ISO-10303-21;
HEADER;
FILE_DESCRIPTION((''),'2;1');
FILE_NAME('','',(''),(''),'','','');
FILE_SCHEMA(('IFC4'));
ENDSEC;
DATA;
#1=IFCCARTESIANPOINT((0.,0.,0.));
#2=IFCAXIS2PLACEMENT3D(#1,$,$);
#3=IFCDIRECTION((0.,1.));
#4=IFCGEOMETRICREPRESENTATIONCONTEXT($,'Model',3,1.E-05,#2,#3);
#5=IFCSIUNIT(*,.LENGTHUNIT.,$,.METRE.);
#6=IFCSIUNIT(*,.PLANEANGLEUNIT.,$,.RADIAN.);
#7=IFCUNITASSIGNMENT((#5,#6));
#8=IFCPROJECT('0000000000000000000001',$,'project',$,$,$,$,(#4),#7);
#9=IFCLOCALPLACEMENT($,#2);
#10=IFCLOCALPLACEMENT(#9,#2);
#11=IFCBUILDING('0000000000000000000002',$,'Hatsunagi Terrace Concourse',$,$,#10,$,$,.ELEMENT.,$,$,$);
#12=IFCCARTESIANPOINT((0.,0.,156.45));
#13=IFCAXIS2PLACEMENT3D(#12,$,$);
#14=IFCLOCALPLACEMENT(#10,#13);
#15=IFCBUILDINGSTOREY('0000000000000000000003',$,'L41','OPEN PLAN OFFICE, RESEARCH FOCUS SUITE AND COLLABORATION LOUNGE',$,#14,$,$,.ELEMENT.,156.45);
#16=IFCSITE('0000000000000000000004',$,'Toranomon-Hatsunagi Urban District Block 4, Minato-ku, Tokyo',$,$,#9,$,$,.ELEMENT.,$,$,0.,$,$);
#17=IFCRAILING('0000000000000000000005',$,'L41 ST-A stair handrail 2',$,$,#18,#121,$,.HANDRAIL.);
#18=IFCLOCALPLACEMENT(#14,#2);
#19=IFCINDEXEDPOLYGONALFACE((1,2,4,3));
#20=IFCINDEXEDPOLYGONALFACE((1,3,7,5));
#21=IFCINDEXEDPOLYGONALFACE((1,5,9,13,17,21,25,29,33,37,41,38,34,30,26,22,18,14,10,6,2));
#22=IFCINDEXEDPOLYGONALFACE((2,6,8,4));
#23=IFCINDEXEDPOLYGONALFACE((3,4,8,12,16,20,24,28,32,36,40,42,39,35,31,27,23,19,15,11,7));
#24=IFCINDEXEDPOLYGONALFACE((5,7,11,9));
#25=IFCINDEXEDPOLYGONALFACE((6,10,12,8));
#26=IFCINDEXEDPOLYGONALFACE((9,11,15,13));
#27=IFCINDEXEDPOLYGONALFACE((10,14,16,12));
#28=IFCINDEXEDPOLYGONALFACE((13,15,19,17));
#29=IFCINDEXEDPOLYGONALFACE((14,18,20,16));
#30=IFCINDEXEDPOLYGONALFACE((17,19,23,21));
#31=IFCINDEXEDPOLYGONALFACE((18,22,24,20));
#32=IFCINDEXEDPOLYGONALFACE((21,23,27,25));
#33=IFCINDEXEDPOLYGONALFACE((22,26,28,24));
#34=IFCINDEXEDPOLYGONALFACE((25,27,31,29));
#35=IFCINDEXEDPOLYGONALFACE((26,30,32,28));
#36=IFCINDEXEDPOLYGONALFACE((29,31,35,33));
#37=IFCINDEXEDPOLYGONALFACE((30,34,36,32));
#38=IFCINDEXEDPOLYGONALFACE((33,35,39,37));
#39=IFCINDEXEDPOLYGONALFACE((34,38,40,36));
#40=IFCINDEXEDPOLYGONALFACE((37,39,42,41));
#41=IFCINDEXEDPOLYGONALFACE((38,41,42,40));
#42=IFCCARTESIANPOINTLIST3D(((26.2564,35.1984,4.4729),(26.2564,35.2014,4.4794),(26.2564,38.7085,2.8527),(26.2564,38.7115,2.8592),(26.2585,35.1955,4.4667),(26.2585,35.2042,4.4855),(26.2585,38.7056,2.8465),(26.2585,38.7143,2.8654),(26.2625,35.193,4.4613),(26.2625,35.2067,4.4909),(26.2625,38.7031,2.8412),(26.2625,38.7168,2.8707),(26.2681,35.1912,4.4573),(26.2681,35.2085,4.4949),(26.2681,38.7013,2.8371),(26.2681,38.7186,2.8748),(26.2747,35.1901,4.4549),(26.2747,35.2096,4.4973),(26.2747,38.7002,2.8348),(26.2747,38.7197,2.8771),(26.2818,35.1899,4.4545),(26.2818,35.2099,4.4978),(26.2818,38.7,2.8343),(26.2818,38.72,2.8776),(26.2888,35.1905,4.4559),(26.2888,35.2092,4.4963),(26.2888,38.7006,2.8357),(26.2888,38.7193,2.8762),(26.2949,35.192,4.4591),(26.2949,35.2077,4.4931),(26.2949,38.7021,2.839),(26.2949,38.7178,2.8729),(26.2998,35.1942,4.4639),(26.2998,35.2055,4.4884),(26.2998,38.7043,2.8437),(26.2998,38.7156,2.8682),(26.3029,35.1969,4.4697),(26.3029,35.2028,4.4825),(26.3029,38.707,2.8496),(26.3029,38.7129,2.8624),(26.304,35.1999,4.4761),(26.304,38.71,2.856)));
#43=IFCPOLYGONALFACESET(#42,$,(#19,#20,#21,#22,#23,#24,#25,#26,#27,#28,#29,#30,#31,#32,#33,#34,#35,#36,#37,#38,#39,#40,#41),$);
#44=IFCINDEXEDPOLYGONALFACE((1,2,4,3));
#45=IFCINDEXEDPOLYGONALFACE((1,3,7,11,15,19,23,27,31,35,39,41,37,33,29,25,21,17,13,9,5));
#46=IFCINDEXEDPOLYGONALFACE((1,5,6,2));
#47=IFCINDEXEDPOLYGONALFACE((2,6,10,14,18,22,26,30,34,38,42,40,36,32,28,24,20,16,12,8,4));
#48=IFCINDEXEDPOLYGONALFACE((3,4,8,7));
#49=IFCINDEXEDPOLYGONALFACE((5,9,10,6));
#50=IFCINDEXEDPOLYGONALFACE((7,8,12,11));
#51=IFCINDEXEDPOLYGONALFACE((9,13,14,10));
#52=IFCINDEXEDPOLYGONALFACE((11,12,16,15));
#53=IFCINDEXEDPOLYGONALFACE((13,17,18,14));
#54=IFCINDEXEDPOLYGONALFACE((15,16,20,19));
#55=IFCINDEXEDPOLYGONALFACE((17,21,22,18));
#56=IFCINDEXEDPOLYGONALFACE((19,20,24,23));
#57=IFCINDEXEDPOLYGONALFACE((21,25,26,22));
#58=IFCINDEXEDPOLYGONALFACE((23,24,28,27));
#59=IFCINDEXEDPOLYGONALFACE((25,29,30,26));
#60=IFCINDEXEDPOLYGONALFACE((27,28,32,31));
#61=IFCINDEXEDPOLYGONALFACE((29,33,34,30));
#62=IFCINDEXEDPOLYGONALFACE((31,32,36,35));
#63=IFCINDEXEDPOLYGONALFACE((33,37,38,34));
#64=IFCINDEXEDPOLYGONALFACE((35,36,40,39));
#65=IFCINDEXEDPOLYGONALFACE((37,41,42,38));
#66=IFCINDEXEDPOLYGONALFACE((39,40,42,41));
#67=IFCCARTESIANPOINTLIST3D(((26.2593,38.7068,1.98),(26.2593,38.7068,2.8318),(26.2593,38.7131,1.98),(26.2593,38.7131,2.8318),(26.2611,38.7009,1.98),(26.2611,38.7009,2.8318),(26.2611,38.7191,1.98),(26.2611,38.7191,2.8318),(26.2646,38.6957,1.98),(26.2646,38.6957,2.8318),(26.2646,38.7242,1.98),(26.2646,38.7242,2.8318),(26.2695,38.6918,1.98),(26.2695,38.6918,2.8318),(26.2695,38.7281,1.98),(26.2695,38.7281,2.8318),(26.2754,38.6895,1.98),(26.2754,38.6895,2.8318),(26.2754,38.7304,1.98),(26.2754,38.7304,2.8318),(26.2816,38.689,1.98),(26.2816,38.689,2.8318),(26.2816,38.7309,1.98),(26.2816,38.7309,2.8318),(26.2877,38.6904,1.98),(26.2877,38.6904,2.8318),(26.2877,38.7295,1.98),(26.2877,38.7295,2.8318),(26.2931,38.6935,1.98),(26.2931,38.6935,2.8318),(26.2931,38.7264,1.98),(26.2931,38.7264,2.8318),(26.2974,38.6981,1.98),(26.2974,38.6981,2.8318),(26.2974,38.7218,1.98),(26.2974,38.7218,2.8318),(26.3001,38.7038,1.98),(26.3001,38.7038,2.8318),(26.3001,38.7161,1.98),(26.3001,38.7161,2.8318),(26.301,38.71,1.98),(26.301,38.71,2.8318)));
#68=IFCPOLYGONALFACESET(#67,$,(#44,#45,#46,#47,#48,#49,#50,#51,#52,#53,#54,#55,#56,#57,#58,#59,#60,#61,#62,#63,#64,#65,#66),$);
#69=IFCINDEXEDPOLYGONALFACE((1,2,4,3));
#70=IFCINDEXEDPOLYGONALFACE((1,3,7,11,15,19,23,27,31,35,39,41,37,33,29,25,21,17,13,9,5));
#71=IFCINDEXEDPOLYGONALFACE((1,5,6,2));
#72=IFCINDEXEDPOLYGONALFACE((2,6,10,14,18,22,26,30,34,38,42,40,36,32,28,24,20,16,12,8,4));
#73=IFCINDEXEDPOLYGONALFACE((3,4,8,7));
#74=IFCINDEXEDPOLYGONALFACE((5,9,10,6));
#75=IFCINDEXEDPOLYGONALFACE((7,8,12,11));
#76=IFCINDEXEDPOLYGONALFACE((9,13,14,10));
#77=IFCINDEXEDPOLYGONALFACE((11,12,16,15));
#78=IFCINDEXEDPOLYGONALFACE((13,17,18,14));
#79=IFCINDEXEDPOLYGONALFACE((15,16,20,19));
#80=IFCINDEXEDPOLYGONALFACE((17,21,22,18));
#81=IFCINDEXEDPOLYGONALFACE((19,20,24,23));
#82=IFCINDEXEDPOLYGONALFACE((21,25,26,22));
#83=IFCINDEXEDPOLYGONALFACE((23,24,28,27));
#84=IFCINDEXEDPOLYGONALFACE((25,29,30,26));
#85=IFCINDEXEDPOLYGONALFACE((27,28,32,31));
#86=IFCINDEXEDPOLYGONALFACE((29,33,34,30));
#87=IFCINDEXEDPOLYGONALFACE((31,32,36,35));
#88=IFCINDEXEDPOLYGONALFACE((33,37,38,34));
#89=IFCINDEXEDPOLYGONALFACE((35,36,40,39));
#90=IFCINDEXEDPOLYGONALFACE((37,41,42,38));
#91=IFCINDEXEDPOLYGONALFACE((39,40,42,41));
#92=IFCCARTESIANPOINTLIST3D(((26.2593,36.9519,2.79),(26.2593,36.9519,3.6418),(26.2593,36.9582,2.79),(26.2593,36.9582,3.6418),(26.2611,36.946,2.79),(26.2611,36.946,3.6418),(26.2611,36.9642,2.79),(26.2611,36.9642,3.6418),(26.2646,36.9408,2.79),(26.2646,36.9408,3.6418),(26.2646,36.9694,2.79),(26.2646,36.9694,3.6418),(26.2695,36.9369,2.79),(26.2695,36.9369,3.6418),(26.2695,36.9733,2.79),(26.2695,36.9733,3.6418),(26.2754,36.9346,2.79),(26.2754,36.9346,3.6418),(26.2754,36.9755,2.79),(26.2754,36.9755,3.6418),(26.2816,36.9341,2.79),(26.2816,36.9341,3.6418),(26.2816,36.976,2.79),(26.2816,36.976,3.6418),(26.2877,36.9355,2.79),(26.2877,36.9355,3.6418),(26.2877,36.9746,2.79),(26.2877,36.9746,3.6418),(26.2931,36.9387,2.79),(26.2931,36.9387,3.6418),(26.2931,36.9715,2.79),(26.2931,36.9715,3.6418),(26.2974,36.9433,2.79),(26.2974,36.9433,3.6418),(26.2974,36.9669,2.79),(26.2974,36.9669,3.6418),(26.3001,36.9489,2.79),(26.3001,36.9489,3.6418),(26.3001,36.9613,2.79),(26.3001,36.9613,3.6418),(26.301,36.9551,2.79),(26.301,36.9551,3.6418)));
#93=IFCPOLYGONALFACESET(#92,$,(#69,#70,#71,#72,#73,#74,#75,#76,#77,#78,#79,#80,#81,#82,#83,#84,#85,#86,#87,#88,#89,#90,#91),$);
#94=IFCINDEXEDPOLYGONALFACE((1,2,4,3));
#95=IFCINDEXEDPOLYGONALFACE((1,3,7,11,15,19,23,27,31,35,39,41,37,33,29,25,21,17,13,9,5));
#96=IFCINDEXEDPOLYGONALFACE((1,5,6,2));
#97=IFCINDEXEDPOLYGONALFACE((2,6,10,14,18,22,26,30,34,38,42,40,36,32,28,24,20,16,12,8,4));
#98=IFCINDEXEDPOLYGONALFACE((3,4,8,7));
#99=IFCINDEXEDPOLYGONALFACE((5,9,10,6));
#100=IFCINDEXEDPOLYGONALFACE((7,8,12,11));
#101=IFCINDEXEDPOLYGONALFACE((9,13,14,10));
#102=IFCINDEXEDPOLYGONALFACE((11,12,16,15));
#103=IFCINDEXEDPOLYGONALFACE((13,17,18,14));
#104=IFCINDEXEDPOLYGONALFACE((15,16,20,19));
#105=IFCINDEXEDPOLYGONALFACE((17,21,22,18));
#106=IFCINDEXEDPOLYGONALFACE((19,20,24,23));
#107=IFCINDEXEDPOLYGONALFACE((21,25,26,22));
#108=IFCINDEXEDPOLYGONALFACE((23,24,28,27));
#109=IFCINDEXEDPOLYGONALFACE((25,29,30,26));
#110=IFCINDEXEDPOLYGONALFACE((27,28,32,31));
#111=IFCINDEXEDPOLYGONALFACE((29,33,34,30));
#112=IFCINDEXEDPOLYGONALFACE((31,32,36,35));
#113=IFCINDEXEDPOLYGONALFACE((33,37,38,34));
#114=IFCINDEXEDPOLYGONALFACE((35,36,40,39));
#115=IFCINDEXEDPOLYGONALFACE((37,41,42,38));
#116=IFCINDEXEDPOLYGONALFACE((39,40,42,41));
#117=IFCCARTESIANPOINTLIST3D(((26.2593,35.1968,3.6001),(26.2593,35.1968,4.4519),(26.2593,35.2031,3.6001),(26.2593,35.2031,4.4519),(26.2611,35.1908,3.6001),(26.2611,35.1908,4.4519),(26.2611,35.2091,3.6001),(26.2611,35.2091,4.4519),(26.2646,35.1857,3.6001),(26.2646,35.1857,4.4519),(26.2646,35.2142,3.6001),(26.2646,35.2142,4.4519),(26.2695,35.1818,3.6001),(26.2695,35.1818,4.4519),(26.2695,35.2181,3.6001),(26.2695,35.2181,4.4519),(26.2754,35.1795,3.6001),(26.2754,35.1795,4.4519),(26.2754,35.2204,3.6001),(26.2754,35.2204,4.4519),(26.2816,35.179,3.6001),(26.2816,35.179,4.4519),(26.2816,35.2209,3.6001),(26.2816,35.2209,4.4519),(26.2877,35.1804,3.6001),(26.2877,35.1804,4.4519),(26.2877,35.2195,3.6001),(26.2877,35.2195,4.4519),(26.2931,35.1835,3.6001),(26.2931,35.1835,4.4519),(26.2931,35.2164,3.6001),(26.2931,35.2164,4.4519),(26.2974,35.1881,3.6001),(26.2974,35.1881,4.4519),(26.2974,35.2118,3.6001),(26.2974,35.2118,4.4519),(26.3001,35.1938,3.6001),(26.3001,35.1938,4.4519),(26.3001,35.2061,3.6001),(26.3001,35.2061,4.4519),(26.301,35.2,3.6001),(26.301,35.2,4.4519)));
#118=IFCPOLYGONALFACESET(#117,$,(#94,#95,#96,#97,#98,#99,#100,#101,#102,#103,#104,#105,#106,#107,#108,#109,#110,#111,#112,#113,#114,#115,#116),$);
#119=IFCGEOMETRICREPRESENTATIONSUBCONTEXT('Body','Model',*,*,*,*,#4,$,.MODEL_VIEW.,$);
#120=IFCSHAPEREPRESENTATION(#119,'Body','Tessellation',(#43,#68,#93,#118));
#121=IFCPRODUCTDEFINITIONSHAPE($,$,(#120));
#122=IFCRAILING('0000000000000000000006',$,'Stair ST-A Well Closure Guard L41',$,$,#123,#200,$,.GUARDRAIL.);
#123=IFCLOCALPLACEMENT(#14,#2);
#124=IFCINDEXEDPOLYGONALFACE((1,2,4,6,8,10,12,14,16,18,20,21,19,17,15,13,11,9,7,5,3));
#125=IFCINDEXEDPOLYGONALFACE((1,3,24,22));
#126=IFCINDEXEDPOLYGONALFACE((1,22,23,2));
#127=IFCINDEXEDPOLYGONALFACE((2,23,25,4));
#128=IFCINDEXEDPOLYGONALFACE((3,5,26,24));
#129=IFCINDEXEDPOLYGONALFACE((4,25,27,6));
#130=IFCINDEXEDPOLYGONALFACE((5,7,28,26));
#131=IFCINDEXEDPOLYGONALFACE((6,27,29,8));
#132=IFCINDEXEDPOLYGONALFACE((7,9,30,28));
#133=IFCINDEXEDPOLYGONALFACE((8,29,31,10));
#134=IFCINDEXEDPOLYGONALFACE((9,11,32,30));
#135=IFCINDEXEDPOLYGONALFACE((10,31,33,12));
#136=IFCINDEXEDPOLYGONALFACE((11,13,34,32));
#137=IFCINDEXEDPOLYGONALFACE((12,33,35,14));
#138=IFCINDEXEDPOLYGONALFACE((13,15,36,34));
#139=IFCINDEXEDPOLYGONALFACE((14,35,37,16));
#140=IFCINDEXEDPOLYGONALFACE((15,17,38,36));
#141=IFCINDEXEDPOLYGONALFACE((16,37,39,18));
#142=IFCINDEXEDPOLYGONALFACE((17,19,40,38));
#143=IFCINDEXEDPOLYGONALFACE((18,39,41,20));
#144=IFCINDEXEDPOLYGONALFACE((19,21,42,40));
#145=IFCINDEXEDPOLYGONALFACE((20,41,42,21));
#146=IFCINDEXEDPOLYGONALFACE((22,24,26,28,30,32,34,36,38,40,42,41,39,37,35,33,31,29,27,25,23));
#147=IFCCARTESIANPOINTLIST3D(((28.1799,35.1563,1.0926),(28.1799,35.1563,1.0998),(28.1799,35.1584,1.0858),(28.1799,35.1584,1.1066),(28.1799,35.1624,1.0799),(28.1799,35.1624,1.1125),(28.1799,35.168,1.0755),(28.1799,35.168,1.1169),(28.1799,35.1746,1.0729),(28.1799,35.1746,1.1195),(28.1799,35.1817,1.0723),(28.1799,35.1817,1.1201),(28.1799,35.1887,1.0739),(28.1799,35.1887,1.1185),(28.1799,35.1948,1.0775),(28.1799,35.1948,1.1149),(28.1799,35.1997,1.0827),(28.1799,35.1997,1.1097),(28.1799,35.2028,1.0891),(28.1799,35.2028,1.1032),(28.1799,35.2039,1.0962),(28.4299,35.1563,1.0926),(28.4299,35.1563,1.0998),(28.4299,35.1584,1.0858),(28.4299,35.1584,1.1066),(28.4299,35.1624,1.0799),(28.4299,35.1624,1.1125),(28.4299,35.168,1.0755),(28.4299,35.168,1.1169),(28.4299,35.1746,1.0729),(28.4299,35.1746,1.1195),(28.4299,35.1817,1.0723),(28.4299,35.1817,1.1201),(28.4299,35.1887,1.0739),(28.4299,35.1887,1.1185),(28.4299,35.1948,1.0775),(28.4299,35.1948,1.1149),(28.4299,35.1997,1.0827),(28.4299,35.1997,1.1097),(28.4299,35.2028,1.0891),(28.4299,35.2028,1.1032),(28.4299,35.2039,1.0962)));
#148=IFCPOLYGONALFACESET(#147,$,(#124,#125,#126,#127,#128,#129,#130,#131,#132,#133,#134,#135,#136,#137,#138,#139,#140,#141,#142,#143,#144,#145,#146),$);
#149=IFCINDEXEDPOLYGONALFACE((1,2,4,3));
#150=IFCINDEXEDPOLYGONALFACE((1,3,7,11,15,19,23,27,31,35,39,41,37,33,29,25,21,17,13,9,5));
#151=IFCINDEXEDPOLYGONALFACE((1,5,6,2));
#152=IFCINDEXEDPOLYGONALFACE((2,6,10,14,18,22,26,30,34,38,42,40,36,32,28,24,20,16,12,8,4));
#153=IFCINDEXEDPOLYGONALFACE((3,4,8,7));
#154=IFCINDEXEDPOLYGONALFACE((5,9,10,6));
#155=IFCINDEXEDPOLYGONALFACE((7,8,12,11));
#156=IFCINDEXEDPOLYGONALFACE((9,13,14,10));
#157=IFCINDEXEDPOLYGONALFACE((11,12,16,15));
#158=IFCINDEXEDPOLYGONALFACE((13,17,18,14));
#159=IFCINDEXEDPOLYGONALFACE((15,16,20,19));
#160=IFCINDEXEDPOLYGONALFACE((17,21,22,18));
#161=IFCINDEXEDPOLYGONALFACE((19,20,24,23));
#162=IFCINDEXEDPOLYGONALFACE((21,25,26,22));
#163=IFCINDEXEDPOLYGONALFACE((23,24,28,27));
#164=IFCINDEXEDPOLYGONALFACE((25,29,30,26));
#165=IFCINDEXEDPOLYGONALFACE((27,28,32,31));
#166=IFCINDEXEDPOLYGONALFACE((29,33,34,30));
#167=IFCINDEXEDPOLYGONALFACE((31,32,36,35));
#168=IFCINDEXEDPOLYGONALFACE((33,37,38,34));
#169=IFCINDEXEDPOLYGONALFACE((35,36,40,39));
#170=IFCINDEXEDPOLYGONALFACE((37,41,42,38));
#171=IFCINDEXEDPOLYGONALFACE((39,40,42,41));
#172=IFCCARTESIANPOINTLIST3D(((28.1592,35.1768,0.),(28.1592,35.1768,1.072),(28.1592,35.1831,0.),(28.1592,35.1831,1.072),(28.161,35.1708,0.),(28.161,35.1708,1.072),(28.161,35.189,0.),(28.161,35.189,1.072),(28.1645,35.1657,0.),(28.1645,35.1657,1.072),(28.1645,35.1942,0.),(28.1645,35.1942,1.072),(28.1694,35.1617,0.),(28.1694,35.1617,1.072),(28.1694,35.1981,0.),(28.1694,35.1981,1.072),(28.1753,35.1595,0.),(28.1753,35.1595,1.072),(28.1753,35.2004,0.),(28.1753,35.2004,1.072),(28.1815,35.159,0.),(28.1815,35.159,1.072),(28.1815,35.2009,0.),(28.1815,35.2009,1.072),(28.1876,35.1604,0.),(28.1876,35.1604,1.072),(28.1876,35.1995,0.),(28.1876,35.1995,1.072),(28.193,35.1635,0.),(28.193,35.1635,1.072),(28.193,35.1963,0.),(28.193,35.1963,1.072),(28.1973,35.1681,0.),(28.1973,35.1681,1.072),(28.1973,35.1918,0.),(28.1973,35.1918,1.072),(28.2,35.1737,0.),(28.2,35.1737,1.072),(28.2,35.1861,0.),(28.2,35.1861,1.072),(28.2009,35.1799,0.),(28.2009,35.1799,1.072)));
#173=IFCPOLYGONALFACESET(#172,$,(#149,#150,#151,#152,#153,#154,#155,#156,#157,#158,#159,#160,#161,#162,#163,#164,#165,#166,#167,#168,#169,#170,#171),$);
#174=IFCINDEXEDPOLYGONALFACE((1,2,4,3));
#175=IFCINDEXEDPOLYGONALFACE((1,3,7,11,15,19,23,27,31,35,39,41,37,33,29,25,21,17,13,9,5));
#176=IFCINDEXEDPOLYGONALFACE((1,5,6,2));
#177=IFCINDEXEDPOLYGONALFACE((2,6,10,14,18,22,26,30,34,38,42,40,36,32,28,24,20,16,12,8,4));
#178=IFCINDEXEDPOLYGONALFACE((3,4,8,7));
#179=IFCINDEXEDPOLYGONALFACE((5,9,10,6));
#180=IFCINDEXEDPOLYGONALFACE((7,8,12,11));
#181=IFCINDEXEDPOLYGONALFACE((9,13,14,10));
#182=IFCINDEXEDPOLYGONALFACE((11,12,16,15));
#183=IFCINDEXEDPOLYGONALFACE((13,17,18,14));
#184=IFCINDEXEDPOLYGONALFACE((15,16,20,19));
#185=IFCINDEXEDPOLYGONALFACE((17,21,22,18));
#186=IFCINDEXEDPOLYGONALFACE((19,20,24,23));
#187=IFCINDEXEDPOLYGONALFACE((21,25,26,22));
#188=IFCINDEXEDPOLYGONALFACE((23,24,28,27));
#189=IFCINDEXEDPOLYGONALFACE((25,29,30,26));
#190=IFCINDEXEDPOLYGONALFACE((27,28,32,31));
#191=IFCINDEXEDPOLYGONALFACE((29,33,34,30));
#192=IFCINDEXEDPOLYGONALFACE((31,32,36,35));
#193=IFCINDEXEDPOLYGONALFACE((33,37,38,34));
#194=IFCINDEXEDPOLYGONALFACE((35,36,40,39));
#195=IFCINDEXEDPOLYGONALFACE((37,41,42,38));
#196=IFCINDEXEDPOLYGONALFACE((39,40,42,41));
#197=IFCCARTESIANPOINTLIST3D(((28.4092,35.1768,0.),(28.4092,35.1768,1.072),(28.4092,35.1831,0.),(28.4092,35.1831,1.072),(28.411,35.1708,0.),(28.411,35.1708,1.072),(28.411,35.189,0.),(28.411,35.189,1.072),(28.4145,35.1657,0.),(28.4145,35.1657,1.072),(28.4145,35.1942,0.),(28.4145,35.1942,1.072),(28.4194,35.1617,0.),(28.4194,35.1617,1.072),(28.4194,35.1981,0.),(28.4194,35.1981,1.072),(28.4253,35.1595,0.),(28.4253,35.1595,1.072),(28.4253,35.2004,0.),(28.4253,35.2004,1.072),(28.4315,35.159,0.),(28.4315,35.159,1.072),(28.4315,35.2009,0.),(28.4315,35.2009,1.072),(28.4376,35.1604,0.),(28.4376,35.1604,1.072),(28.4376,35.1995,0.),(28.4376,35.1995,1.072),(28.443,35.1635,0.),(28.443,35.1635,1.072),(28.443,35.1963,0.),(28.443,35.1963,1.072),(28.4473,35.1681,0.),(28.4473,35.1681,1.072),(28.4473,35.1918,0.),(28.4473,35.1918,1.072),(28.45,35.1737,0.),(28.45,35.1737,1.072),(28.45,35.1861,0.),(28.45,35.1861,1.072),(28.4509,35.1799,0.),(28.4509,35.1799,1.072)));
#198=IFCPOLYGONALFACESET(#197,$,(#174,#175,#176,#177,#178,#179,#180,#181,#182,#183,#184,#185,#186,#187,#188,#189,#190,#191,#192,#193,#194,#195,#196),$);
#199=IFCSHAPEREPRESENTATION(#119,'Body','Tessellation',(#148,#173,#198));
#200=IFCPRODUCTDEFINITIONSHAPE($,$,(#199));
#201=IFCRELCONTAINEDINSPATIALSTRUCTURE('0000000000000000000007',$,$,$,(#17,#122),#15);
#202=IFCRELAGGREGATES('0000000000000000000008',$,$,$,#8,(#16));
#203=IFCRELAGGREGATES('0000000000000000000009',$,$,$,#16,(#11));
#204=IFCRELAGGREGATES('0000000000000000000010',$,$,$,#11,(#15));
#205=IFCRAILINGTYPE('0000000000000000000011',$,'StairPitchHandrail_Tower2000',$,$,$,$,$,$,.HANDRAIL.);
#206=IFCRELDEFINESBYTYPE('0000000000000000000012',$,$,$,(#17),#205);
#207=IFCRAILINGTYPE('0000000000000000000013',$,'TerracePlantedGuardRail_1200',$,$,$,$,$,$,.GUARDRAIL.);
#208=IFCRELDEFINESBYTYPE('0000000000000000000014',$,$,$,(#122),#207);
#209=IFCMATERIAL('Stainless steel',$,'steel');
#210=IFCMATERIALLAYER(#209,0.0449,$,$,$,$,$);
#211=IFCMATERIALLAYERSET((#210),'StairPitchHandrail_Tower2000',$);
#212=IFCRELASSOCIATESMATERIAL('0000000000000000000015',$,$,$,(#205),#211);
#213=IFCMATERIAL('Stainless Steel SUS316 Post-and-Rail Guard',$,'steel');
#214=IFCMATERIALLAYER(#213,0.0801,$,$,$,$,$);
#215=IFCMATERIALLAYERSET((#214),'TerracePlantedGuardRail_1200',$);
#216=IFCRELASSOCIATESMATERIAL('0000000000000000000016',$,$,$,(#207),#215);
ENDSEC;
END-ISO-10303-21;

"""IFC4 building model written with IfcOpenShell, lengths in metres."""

from ifc_helpers import new_model, si_unit, direction, frame, origin, origin_2d, place, context, subcontext, project, spatial, circle, extrude, material, layer, layer_set, type_object, element, save


model = new_model("IFC4")

# Units and contexts
model_context = context("Model", 3, precision=1e-05, world=origin(), true_north=direction((0.0, 1.0)))
body_context = subcontext(model_context, "Body", "Model", "MODEL_VIEW")
ifc_project = project(units=[si_unit("LENGTHUNIT", "METRE"), si_unit("PLANEANGLEUNIT", "RADIAN")], contexts=[model_context])

# Site, building, storey
site_placement = place(None, origin())
site = spatial("IfcSite", under=ifc_project, at=site_placement, Name="Toranomon-Hatsunagi Urban District Block 4, Minato-ku, Tokyo", CompositionType="ELEMENT", RefElevation=0.0)
building_placement = place(site_placement, origin())
building = spatial("IfcBuilding", under=site, at=building_placement, Name="Hatsunagi Terrace Concourse", CompositionType="ELEMENT")
storey_placement = place(building_placement, frame((0.0, 0.0, 156.45)))
storey = spatial("IfcBuildingStorey", under=building, at=storey_placement, Name="L41", Description="OPEN PLAN OFFICE, RESEARCH FOCUS SUITE AND COLLABORATION LOUNGE", CompositionType="ELEMENT", Elevation=156.45)

# Railings
ifc_material_1 = material(Name="Stainless steel", Category="steel")
ifc_layer_1 = layer(ifc_material_1, 0.0449)
ifc_layer_set_1 = layer_set([ifc_layer_1], Name="StairPitchHandrail_Tower2000")
railing_type_1 = type_object("IfcRailingType", Name="StairPitchHandrail_Tower2000", PredefinedType="HANDRAIL", material=ifc_layer_set_1)
railing_1_placement = place(storey_placement, frame((26.28, 38.71, 1.98)))
element("IfcRailing", 1, at=railing_1_placement, inside=storey, type_object=railing_type_1, Name="L41 ST-A stair handrail 2", PredefinedType="HANDRAIL", context=body_context, shape_type="SweptSolid", body=[
    extrude(circle(Radius=0.0239, at=origin_2d()), frame((0.0, 0.0, 0.876), z_axis=(0.0, -0.907948, 0.419082), x_axis=(1.0, 0.0, 0.0)), (0.0, 0.0, 1.0), 3.866),
    extrude(circle(Radius=0.021, at=origin_2d()), origin(), (0.0, 0.0, 1.0), 0.8518),
    extrude(circle(Radius=0.021, at=origin_2d()), frame((0.0, -1.7549, 0.8101)), (0.0, 0.0, 1.0), 0.8518),
    extrude(circle(Radius=0.021, at=origin_2d()), frame((0.0, -3.51, 1.6201)), (0.0, 0.0, 1.0), 0.8518),
])
ifc_material_2 = material(Name="Stainless Steel SUS316 Post-and-Rail Guard", Category="steel")
ifc_layer_2 = layer(ifc_material_2, 0.0801)
ifc_layer_set_2 = layer_set([ifc_layer_2], Name="TerracePlantedGuardRail_1200")
railing_type_2 = type_object("IfcRailingType", Name="TerracePlantedGuardRail_1200", PredefinedType="GUARDRAIL", material=ifc_layer_set_2)
railing_2_placement = place(storey_placement, frame((28.1799, 35.1799, 0.0)))
element("IfcRailing", 2, at=railing_2_placement, inside=storey, type_object=railing_type_2, Name="Stair ST-A Well Closure Guard L41", PredefinedType="GUARDRAIL", context=body_context, shape_type="SweptSolid", body=[
    extrude(circle(Radius=0.0239, at=origin_2d()), frame((0.0, 0.0, 1.0962), z_axis=(1.0, 0.0, 0.0), x_axis=(0.0, 1.0, 0.0)), (0.0, 0.0, 1.0), 0.25),
    extrude(circle(Radius=0.021, at=origin_2d()), origin(), (0.0, 0.0, 1.0), 1.072),
    extrude(circle(Radius=0.021, at=origin_2d()), frame((0.25, 0.0, 0.0)), (0.0, 0.0, 1.0), 1.072),
])

save(model, "model.ifc")
